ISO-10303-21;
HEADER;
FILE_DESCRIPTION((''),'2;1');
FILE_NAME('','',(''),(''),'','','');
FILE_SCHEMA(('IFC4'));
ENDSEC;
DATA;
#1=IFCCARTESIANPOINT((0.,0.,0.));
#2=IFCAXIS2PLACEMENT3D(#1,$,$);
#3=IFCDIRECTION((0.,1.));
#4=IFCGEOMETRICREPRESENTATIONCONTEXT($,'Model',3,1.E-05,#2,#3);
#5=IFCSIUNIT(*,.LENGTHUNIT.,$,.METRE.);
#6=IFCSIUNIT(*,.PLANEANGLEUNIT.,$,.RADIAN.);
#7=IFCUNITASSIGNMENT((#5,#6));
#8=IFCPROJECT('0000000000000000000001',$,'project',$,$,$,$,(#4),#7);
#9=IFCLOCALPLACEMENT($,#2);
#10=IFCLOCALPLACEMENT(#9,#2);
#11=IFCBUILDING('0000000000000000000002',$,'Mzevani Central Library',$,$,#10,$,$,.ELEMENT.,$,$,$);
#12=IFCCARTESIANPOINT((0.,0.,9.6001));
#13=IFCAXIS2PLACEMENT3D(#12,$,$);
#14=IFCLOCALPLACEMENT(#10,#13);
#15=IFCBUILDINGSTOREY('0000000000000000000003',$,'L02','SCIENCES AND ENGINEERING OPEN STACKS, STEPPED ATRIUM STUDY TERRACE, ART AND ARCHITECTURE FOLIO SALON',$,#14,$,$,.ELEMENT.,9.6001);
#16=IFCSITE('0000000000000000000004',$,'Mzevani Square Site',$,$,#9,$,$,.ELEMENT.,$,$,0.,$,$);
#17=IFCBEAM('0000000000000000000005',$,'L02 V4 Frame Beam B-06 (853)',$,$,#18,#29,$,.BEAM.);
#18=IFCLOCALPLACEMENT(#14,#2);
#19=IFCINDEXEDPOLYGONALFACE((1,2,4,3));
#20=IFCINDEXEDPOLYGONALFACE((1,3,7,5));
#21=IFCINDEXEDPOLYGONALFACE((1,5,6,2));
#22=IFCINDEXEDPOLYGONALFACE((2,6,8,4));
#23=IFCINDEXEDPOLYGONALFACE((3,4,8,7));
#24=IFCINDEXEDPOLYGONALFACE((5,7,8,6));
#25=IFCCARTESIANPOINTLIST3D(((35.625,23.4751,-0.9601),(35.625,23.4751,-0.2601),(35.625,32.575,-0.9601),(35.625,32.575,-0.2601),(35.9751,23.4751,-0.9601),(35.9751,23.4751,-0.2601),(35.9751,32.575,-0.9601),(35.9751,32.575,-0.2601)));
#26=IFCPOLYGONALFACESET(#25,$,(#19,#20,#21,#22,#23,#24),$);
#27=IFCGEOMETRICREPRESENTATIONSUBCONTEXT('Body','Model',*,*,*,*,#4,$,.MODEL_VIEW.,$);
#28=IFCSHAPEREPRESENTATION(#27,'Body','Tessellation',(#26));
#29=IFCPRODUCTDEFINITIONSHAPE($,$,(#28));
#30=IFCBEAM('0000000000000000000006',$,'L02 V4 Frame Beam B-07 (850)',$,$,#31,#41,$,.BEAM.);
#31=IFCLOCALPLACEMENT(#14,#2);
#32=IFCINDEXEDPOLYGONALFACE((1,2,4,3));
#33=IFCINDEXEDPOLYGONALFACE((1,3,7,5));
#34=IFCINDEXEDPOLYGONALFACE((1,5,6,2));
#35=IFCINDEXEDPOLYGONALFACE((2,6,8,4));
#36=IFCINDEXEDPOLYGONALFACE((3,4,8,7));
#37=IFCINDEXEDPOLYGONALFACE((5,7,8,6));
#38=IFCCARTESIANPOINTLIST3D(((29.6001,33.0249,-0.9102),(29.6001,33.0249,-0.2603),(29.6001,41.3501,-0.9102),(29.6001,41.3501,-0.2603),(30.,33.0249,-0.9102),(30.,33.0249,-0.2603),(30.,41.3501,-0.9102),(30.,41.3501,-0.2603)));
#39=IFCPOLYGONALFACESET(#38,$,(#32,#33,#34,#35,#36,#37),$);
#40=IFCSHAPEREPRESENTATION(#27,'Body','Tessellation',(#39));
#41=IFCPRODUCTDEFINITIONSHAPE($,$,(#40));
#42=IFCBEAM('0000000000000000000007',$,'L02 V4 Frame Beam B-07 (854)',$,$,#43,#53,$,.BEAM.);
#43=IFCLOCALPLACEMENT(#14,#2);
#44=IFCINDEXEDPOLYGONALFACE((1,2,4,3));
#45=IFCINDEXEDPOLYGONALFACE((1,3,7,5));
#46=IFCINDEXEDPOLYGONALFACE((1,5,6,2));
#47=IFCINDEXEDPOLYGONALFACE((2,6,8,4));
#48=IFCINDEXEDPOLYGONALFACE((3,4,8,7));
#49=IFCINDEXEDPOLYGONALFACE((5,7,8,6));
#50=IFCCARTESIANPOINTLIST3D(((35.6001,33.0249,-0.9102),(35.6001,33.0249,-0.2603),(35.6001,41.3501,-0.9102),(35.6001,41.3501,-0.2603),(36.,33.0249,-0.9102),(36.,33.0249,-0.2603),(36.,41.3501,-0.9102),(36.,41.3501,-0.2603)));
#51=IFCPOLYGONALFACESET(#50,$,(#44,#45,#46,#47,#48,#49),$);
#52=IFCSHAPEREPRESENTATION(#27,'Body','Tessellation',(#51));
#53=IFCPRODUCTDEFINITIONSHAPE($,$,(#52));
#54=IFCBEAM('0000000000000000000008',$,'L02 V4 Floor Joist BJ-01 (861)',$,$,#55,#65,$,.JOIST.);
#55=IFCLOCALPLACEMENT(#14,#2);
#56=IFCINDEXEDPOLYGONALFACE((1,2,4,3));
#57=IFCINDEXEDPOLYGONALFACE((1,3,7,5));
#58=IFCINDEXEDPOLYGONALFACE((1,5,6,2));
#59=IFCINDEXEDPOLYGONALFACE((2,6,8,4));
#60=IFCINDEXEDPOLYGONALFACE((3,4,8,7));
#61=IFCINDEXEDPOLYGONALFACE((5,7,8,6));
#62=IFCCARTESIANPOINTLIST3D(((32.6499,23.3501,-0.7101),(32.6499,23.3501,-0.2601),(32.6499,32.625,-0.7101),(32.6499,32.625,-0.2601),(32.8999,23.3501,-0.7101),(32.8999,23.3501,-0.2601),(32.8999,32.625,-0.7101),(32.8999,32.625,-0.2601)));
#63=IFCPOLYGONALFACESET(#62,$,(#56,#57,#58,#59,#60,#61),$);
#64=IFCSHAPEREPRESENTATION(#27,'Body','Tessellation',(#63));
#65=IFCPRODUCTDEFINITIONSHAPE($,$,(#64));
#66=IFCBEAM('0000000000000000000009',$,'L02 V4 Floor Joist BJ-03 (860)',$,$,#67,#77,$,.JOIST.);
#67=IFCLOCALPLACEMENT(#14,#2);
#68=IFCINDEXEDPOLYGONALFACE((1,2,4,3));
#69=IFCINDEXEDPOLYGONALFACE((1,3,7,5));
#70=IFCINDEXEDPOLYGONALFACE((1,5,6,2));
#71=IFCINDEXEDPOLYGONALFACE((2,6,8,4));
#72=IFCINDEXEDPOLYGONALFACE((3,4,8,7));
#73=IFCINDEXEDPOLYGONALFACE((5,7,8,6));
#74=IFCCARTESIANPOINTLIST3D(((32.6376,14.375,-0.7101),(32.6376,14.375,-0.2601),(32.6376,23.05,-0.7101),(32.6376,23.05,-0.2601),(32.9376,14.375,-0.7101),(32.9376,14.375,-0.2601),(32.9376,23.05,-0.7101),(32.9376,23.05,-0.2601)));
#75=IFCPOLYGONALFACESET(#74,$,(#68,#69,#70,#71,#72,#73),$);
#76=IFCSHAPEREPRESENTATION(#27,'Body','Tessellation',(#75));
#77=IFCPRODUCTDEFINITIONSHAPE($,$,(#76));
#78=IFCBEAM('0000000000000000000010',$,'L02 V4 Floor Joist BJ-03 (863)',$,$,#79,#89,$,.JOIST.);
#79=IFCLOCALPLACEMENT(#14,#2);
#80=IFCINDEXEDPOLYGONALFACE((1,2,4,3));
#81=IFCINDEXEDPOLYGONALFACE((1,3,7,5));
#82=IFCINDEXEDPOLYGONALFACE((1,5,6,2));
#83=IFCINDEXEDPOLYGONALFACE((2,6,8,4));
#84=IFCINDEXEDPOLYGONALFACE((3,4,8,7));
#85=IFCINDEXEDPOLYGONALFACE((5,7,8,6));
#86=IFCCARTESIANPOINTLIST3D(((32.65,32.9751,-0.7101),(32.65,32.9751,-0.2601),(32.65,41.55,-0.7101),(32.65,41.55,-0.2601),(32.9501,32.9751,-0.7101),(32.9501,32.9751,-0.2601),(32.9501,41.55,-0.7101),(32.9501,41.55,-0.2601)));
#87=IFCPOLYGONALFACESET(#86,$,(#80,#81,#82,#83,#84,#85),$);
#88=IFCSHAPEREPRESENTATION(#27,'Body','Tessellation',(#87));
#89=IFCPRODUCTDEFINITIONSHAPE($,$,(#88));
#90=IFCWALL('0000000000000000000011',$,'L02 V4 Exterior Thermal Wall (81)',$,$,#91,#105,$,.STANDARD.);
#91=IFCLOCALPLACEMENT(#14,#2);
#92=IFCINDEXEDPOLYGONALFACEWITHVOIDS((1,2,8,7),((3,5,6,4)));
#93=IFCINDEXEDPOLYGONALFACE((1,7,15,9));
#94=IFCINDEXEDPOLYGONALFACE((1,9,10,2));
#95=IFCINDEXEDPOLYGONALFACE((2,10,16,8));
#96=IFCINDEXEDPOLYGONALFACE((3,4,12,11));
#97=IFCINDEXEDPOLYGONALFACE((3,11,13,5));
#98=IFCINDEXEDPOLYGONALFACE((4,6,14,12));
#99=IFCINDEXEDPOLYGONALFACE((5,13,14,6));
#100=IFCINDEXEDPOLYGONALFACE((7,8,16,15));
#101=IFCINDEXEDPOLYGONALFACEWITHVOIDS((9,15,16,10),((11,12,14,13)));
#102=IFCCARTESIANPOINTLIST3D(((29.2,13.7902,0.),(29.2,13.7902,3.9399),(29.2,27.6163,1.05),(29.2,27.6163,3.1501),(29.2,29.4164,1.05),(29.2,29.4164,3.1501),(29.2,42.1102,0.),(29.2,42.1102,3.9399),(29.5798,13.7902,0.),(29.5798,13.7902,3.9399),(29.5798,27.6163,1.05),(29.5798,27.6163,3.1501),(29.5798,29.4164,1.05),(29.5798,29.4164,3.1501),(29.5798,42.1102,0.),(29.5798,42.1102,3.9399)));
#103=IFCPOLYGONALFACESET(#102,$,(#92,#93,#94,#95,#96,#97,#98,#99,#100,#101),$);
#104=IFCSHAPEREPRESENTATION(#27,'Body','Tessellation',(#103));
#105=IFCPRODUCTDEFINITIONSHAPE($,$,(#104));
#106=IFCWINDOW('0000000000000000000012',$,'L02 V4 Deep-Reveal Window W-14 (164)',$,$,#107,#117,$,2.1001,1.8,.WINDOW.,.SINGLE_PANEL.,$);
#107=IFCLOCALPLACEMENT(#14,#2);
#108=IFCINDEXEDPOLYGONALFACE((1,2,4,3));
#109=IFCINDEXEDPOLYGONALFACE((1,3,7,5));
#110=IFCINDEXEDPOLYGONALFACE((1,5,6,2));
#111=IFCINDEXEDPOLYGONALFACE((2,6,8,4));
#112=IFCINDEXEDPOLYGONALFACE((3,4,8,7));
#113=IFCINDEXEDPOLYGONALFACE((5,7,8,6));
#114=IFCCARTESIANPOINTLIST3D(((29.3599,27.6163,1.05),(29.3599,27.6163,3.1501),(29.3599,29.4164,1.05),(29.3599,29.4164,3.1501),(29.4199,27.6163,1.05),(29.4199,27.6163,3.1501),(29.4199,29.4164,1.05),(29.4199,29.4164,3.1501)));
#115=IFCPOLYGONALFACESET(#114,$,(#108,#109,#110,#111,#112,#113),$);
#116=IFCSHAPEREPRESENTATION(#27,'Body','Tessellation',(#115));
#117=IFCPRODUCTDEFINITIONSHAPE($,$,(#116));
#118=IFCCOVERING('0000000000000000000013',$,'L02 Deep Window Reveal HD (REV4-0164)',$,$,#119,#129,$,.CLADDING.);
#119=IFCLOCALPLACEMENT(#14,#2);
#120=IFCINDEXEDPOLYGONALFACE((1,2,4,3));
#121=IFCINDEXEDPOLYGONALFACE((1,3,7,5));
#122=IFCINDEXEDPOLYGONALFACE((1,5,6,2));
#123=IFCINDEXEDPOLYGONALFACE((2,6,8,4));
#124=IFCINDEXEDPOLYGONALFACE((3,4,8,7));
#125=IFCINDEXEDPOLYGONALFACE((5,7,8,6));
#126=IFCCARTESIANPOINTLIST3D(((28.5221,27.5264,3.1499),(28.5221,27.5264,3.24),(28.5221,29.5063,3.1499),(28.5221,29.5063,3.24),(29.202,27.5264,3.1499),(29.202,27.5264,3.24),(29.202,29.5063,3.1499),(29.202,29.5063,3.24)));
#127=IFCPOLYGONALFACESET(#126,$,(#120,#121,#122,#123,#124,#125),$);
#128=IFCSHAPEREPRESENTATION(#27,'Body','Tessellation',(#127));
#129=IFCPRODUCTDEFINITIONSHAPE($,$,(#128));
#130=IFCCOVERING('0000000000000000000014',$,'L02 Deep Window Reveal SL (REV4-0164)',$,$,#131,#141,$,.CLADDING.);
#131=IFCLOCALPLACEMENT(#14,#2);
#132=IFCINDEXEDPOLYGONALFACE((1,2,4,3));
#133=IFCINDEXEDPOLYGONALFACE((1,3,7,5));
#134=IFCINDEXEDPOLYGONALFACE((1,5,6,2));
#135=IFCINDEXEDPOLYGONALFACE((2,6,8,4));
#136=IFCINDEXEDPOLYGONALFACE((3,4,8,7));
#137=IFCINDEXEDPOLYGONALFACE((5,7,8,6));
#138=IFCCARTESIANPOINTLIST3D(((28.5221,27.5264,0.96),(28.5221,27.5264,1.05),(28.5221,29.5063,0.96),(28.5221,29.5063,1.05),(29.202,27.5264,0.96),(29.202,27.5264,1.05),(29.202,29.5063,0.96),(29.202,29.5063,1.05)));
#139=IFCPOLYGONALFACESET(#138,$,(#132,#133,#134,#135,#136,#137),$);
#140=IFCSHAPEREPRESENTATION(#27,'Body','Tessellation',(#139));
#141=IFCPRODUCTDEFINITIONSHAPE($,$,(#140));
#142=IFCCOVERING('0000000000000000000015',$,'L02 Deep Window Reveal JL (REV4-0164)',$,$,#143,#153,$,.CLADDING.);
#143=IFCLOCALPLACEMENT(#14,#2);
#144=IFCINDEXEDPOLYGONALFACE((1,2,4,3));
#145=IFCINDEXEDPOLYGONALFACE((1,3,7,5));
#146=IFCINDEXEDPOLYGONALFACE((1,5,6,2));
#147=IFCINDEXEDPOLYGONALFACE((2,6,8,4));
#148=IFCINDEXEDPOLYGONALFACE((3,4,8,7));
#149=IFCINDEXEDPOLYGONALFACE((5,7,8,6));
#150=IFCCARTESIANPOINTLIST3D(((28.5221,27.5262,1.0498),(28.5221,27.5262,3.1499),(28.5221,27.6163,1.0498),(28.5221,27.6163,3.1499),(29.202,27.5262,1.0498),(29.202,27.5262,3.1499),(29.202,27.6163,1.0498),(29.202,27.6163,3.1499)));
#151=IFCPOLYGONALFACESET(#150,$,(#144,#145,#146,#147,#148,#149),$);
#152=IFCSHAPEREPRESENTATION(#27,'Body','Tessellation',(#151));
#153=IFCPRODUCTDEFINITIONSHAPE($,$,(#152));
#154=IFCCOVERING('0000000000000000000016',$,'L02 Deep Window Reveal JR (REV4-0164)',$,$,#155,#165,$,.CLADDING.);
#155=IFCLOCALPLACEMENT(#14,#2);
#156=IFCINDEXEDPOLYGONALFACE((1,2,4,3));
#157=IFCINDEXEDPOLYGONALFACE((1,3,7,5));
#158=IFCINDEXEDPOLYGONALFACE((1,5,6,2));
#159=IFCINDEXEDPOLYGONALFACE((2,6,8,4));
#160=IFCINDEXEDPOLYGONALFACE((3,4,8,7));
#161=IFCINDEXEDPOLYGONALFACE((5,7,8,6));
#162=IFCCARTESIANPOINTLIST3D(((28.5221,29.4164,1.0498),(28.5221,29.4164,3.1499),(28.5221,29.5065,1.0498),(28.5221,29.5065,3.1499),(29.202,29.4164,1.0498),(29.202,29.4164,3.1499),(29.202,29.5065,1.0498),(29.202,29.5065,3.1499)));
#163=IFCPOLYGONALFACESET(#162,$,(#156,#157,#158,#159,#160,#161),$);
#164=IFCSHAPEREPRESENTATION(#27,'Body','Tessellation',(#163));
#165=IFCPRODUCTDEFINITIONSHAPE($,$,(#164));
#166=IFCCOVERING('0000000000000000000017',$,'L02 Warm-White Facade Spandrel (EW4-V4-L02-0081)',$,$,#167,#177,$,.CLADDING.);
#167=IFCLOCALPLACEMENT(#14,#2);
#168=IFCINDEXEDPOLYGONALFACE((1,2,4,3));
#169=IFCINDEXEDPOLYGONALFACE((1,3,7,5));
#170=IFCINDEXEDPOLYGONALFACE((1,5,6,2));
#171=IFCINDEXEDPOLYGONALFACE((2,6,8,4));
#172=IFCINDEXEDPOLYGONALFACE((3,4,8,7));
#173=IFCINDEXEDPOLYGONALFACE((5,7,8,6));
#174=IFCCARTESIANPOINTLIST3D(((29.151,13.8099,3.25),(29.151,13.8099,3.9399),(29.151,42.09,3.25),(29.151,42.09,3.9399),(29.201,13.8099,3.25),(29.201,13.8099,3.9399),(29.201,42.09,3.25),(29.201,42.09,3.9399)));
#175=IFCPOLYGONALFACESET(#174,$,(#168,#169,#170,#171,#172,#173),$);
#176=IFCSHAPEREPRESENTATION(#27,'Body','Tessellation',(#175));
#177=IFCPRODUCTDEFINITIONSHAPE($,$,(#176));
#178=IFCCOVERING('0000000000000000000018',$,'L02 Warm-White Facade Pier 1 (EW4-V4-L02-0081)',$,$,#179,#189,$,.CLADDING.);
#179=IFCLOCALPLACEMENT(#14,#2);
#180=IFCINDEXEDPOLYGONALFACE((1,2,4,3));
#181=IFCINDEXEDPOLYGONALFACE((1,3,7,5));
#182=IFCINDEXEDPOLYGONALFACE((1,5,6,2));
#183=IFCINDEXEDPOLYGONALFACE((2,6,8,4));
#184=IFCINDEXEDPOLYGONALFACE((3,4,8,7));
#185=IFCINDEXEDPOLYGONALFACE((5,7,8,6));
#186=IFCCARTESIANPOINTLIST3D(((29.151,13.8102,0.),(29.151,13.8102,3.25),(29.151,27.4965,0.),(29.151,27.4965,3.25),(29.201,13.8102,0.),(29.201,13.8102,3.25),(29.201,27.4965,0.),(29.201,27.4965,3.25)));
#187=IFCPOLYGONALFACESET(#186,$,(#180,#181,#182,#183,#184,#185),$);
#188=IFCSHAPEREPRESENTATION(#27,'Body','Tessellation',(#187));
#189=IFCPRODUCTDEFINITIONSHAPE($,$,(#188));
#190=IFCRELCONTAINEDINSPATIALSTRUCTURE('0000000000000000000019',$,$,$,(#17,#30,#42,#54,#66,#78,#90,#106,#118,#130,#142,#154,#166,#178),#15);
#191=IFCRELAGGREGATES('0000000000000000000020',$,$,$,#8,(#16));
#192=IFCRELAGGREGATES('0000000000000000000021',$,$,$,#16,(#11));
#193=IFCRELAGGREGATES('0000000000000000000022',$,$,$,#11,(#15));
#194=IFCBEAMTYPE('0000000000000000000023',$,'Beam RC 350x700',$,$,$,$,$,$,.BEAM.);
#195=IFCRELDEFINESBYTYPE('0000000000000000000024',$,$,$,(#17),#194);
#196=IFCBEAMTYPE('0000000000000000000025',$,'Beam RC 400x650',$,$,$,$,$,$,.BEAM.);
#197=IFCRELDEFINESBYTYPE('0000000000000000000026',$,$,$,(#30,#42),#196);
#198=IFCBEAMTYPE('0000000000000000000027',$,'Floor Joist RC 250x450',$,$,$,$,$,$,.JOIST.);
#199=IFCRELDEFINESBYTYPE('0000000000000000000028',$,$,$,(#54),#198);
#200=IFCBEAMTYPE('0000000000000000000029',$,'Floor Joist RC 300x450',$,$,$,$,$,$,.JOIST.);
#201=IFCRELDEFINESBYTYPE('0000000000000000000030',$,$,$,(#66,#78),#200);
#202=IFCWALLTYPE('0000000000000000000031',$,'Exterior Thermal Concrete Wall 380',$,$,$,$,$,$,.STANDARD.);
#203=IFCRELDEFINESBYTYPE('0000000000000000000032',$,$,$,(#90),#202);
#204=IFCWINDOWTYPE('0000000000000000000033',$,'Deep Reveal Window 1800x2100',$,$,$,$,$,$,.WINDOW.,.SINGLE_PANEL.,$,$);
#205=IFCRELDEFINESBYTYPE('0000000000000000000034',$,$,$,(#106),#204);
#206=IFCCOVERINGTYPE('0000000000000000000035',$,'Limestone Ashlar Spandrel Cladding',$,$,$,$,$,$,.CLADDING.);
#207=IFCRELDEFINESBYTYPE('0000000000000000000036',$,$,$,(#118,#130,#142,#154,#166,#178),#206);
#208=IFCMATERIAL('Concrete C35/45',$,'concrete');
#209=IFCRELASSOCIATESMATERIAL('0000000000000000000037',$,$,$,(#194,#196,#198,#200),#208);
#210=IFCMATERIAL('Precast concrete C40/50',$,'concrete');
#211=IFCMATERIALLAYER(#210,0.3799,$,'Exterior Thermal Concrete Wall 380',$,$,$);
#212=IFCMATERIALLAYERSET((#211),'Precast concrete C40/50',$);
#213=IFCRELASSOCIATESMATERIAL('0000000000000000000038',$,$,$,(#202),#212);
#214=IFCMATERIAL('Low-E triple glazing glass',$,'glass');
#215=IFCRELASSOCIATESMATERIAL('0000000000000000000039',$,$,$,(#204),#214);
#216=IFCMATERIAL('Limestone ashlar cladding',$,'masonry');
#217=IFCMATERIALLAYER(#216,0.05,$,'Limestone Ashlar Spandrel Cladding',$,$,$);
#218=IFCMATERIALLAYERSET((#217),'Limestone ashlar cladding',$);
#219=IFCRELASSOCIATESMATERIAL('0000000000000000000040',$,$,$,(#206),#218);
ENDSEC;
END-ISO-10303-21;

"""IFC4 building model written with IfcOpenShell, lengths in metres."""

from ifc_helpers import new_model, si_unit, direction, frame, frame_2d, origin, origin_2d, place, context, subcontext, project, spatial, rectangle, extrude, material, layer, layer_set, material_profile, profile_set, type_object, element, fill, save


model = new_model("IFC4")

# Units and contexts
model_context = context("Model", 3, precision=1e-05, world=origin(), true_north=direction((0.0, 1.0)))
body_context = subcontext(model_context, "Body", "Model", "MODEL_VIEW")
ifc_project = project(units=[si_unit("LENGTHUNIT", "METRE"), si_unit("PLANEANGLEUNIT", "RADIAN")], contexts=[model_context])

# Site, building, storey
site_placement = place(None, origin())
site = spatial("IfcSite", under=ifc_project, at=site_placement, Name="Mzevani Square Site", CompositionType="ELEMENT", RefElevation=0.0)
building_placement = place(site_placement, origin())
building = spatial("IfcBuilding", under=site, at=building_placement, Name="Mzevani Central Library", CompositionType="ELEMENT")
storey_placement = place(building_placement, frame((0.0, 0.0, 9.6001)))
storey = spatial("IfcBuildingStorey", under=building, at=storey_placement, Name="L02", Description="SCIENCES AND ENGINEERING OPEN STACKS, STEPPED ATRIUM STUDY TERRACE, ART AND ARCHITECTURE FOLIO SALON", CompositionType="ELEMENT", Elevation=9.6001)

# Beams
ifc_material_1 = material(Name="Concrete C35/45", Category="concrete")
ifc_material_profile_1 = material_profile(ifc_material_1, rectangle(XDim=0.3501, YDim=0.7, at=origin_2d()), Name="RC B350x700")
ifc_profile_set_1 = profile_set([ifc_material_profile_1], Name="Concrete C35/45")
beam_type_1 = type_object("IfcBeamType", Name="Beam RC 350x700", PredefinedType="BEAM", material=ifc_profile_set_1)
beam_1_placement = place(storey_placement, frame((35.8, 23.4751, -0.6101), z_axis=(0.0, 1.0, 0.0), x_axis=(-1.0, 0.0, 0.0)))
element("IfcBeam", 1, at=beam_1_placement, inside=storey, type_object=beam_type_1, Name="L02 V4 Frame Beam B-06 (853)", PredefinedType="BEAM", context=body_context, shape_type="SweptSolid", body=[
    extrude(rectangle(XDim=0.3501, YDim=0.7, at=origin_2d()), origin(), (0.0, 0.0, 1.0), 9.0999),
])
ifc_material_profile_2 = material_profile(ifc_material_1, rectangle(XDim=0.3999, YDim=0.6499, at=origin_2d()), Name="RC B400x650")
ifc_profile_set_2 = profile_set([ifc_material_profile_2], Name="Concrete C35/45")
beam_type_2 = type_object("IfcBeamType", Name="Beam RC 400x650", PredefinedType="BEAM", material=ifc_profile_set_2)
for number, where, z_axis, x_axis, name in (
    (2, (29.8, 33.0249, -0.5852), (0.0, 1.0, 0.0), (-1.0, 0.0, 0.0), "L02 V4 Frame Beam B-07 (850)"),
    (3, (35.8, 33.0249, -0.5852), (0.0, 1.0, 0.0), (-1.0, 0.0, 0.0), "L02 V4 Frame Beam B-07 (854)"),
):
    element("IfcBeam", number, at=place(storey_placement, frame(where, z_axis=z_axis, x_axis=x_axis)), inside=storey, type_object=beam_type_2, Name=name, PredefinedType="BEAM", context=body_context, shape_type="SweptSolid", body=[
        extrude(rectangle(XDim=0.3999, YDim=0.6499, at=origin_2d()), origin(), (0.0, 0.0, 1.0), 8.3252),
    ])
ifc_material_profile_3 = material_profile(ifc_material_1, rectangle(XDim=0.25, YDim=0.45, at=origin_2d()), Name="RC J250x450")
ifc_profile_set_3 = profile_set([ifc_material_profile_3], Name="Concrete C35/45")
beam_type_3 = type_object("IfcBeamType", Name="Floor Joist RC 250x450", PredefinedType="JOIST", material=ifc_profile_set_3)
beam_2_placement = place(storey_placement, frame((32.7749, 23.3501, -0.4851), z_axis=(0.0, 1.0, 0.0), x_axis=(-1.0, 0.0, 0.0)))
element("IfcBeam", 4, at=beam_2_placement, inside=storey, type_object=beam_type_3, Name="L02 V4 Floor Joist BJ-01 (861)", PredefinedType="JOIST", context=body_context, shape_type="SweptSolid", body=[
    extrude(rectangle(XDim=0.25, YDim=0.45, at=origin_2d()), origin(), (0.0, 0.0, 1.0), 9.2749),
])
ifc_material_profile_4 = material_profile(ifc_material_1, rectangle(XDim=0.3, YDim=0.45, at=origin_2d()), Name="RC J300x450")
ifc_profile_set_4 = profile_set([ifc_material_profile_4], Name="Concrete C35/45")
beam_type_4 = type_object("IfcBeamType", Name="Floor Joist RC 300x450", PredefinedType="JOIST", material=ifc_profile_set_4)
beam_3_placement = place(storey_placement, frame((32.7876, 14.375, -0.4851), z_axis=(0.0, 1.0, 0.0), x_axis=(-1.0, 0.0, 0.0)))
element("IfcBeam", 5, at=beam_3_placement, inside=storey, type_object=beam_type_4, Name="L02 V4 Floor Joist BJ-03 (860)", PredefinedType="JOIST", context=body_context, shape_type="SweptSolid", body=[
    extrude(rectangle(XDim=0.3, YDim=0.45, at=origin_2d()), origin(), (0.0, 0.0, 1.0), 8.675),
])
beam_4_placement = place(storey_placement, frame((32.8, 32.9751, -0.4851), z_axis=(0.0, 1.0, 0.0), x_axis=(-1.0, 0.0, 0.0)))
element("IfcBeam", 6, at=beam_4_placement, inside=storey, type_object=beam_type_4, Name="L02 V4 Floor Joist BJ-03 (863)", PredefinedType="JOIST", context=body_context, shape_type="SweptSolid", body=[
    extrude(rectangle(XDim=0.3, YDim=0.45, at=origin_2d()), origin(), (0.0, 0.0, 1.0), 8.575),
])

# Wall, opening, window
ifc_material_2 = material(Name="Precast concrete C40/50", Category="concrete")
ifc_layer_1 = layer(ifc_material_2, 0.3799, Name="Exterior Thermal Concrete Wall 380")
ifc_layer_set_1 = layer_set([ifc_layer_1], Name="Precast concrete C40/50")
wall_type = type_object("IfcWallType", Name="Exterior Thermal Concrete Wall 380", PredefinedType="STANDARD", material=ifc_layer_set_1)
wall_placement = place(storey_placement, frame((29.3899, 13.79, 0.0), z_axis=(0.0, 0.0, 1.0), x_axis=(0.0, 1.0, 0.0)))
wall = element("IfcWall", 7, at=wall_placement, inside=storey, type_object=wall_type, Name="L02 V4 Exterior Thermal Wall (81)", PredefinedType="STANDARD", context=body_context, shape_type="SweptSolid", body=[
    extrude(rectangle(XDim=28.3201, YDim=0.3799, at=frame_2d((14.1602, 0.0))), origin(), (0.0, 0.0, 1.0), 3.9399),
])
opening_placement = place(wall_placement, frame((13.8264, 0.0, 1.05)))
opening = element("IfcOpeningElement", 8, at=opening_placement, cuts=wall, PredefinedType="OPENING", context=body_context, shape_type="SweptSolid", body=[
    extrude(rectangle(XDim=1.8, YDim=2.1001, at=frame_2d((0.8999, 1.05))), frame((0.0, 0.2, 0.0), z_axis=(0.0, -1.0, 0.0), x_axis=(1.0, 0.0, 0.0)), (0.0, 0.0, 1.0), 0.3999),
])
ifc_material_3 = material(Name="Low-E triple glazing glass", Category="glass")
window_type = type_object("IfcWindowType", Name="Deep Reveal Window 1800x2100", PartitioningType="SINGLE_PANEL", PredefinedType="WINDOW", material=ifc_material_3)
window_placement = place(opening_placement, origin())
window = element("IfcWindow", 9, at=window_placement, inside=storey, type_object=window_type, Name="L02 V4 Deep-Reveal Window W-14 (164)", OverallHeight=2.1001, OverallWidth=1.8, PartitioningType="SINGLE_PANEL", PredefinedType="WINDOW", context=body_context, shape_type="SweptSolid", body=[
    extrude(rectangle(XDim=1.8, YDim=2.1001, at=frame_2d((0.8999, 1.05))), frame((0.0, 0.03, 0.0), z_axis=(0.0, -1.0, 0.0), x_axis=(1.0, 0.0, 0.0)), (0.0, 0.0, 1.0), 0.0601),
])
fill(opening, window)

# Coverings
ifc_material_4 = material(Name="Limestone ashlar cladding", Category="masonry")
ifc_layer_2 = layer(ifc_material_4, 0.05, Name="Limestone Ashlar Spandrel Cladding")
ifc_layer_set_2 = layer_set([ifc_layer_2], Name="Limestone ashlar cladding")
covering_type = type_object("IfcCoveringType", Name="Limestone Ashlar Spandrel Cladding", PredefinedType="CLADDING", material=ifc_layer_set_2)
for number, where, z_axis, x_axis, name in (
    (10, (28.8621, 28.5164, 3.1499), (0.0, 0.0, 1.0), (0.0, 1.0, 0.0), "L02 Deep Window Reveal HD (REV4-0164)"),
    (11, (28.8621, 28.5164, 0.96), (0.0, 0.0, 1.0), (0.0, 1.0, 0.0), "L02 Deep Window Reveal SL (REV4-0164)"),
):
    element("IfcCovering", number, at=place(storey_placement, frame(where, z_axis=z_axis, x_axis=x_axis)), inside=storey, type_object=covering_type, Name=name, PredefinedType="CLADDING", context=body_context, shape_type="SweptSolid", body=[
        extrude(rectangle(XDim=1.98, YDim=0.6799, at=origin_2d()), origin(), (0.0, 0.0, 1.0), 0.0901),
    ])
for number, where, z_axis, x_axis, name in (
    (12, (28.8621, 27.5713, 1.0498), (0.0, 0.0, 1.0), (0.0, 1.0, 0.0), "L02 Deep Window Reveal JL (REV4-0164)"),
    (13, (28.8621, 29.4614, 1.0498), (0.0, 0.0, 1.0), (0.0, 1.0, 0.0), "L02 Deep Window Reveal JR (REV4-0164)"),
):
    element("IfcCovering", number, at=place(storey_placement, frame(where, z_axis=z_axis, x_axis=x_axis)), inside=storey, type_object=covering_type, Name=name, PredefinedType="CLADDING", context=body_context, shape_type="SweptSolid", body=[
        extrude(rectangle(XDim=0.0901, YDim=0.6799, at=origin_2d()), origin(), (0.0, 0.0, 1.0), 2.1001),
    ])
covering_1_placement = place(storey_placement, frame((29.176, 27.95, 3.25), z_axis=(0.0, 0.0, 1.0), x_axis=(0.0, 1.0, 0.0)))
element("IfcCovering", 14, at=covering_1_placement, inside=storey, type_object=covering_type, Name="L02 Warm-White Facade Spandrel (EW4-V4-L02-0081)", PredefinedType="CLADDING", context=body_context, shape_type="SweptSolid", body=[
    extrude(rectangle(XDim=28.28, YDim=0.05, at=origin_2d()), origin(), (0.0, 0.0, 1.0), 0.6899),
])
covering_2_placement = place(storey_placement, frame((29.176, 20.6533, 0.0), z_axis=(0.0, 0.0, 1.0), x_axis=(0.0, 1.0, 0.0)))
element("IfcCovering", 15, at=covering_2_placement, inside=storey, type_object=covering_type, Name="L02 Warm-White Facade Pier 1 (EW4-V4-L02-0081)", PredefinedType="CLADDING", context=body_context, shape_type="SweptSolid", body=[
    extrude(rectangle(XDim=13.6863, YDim=0.05, at=origin_2d()), origin(), (0.0, 0.0, 1.0), 3.25),
])

save(model, "model.ifc")
